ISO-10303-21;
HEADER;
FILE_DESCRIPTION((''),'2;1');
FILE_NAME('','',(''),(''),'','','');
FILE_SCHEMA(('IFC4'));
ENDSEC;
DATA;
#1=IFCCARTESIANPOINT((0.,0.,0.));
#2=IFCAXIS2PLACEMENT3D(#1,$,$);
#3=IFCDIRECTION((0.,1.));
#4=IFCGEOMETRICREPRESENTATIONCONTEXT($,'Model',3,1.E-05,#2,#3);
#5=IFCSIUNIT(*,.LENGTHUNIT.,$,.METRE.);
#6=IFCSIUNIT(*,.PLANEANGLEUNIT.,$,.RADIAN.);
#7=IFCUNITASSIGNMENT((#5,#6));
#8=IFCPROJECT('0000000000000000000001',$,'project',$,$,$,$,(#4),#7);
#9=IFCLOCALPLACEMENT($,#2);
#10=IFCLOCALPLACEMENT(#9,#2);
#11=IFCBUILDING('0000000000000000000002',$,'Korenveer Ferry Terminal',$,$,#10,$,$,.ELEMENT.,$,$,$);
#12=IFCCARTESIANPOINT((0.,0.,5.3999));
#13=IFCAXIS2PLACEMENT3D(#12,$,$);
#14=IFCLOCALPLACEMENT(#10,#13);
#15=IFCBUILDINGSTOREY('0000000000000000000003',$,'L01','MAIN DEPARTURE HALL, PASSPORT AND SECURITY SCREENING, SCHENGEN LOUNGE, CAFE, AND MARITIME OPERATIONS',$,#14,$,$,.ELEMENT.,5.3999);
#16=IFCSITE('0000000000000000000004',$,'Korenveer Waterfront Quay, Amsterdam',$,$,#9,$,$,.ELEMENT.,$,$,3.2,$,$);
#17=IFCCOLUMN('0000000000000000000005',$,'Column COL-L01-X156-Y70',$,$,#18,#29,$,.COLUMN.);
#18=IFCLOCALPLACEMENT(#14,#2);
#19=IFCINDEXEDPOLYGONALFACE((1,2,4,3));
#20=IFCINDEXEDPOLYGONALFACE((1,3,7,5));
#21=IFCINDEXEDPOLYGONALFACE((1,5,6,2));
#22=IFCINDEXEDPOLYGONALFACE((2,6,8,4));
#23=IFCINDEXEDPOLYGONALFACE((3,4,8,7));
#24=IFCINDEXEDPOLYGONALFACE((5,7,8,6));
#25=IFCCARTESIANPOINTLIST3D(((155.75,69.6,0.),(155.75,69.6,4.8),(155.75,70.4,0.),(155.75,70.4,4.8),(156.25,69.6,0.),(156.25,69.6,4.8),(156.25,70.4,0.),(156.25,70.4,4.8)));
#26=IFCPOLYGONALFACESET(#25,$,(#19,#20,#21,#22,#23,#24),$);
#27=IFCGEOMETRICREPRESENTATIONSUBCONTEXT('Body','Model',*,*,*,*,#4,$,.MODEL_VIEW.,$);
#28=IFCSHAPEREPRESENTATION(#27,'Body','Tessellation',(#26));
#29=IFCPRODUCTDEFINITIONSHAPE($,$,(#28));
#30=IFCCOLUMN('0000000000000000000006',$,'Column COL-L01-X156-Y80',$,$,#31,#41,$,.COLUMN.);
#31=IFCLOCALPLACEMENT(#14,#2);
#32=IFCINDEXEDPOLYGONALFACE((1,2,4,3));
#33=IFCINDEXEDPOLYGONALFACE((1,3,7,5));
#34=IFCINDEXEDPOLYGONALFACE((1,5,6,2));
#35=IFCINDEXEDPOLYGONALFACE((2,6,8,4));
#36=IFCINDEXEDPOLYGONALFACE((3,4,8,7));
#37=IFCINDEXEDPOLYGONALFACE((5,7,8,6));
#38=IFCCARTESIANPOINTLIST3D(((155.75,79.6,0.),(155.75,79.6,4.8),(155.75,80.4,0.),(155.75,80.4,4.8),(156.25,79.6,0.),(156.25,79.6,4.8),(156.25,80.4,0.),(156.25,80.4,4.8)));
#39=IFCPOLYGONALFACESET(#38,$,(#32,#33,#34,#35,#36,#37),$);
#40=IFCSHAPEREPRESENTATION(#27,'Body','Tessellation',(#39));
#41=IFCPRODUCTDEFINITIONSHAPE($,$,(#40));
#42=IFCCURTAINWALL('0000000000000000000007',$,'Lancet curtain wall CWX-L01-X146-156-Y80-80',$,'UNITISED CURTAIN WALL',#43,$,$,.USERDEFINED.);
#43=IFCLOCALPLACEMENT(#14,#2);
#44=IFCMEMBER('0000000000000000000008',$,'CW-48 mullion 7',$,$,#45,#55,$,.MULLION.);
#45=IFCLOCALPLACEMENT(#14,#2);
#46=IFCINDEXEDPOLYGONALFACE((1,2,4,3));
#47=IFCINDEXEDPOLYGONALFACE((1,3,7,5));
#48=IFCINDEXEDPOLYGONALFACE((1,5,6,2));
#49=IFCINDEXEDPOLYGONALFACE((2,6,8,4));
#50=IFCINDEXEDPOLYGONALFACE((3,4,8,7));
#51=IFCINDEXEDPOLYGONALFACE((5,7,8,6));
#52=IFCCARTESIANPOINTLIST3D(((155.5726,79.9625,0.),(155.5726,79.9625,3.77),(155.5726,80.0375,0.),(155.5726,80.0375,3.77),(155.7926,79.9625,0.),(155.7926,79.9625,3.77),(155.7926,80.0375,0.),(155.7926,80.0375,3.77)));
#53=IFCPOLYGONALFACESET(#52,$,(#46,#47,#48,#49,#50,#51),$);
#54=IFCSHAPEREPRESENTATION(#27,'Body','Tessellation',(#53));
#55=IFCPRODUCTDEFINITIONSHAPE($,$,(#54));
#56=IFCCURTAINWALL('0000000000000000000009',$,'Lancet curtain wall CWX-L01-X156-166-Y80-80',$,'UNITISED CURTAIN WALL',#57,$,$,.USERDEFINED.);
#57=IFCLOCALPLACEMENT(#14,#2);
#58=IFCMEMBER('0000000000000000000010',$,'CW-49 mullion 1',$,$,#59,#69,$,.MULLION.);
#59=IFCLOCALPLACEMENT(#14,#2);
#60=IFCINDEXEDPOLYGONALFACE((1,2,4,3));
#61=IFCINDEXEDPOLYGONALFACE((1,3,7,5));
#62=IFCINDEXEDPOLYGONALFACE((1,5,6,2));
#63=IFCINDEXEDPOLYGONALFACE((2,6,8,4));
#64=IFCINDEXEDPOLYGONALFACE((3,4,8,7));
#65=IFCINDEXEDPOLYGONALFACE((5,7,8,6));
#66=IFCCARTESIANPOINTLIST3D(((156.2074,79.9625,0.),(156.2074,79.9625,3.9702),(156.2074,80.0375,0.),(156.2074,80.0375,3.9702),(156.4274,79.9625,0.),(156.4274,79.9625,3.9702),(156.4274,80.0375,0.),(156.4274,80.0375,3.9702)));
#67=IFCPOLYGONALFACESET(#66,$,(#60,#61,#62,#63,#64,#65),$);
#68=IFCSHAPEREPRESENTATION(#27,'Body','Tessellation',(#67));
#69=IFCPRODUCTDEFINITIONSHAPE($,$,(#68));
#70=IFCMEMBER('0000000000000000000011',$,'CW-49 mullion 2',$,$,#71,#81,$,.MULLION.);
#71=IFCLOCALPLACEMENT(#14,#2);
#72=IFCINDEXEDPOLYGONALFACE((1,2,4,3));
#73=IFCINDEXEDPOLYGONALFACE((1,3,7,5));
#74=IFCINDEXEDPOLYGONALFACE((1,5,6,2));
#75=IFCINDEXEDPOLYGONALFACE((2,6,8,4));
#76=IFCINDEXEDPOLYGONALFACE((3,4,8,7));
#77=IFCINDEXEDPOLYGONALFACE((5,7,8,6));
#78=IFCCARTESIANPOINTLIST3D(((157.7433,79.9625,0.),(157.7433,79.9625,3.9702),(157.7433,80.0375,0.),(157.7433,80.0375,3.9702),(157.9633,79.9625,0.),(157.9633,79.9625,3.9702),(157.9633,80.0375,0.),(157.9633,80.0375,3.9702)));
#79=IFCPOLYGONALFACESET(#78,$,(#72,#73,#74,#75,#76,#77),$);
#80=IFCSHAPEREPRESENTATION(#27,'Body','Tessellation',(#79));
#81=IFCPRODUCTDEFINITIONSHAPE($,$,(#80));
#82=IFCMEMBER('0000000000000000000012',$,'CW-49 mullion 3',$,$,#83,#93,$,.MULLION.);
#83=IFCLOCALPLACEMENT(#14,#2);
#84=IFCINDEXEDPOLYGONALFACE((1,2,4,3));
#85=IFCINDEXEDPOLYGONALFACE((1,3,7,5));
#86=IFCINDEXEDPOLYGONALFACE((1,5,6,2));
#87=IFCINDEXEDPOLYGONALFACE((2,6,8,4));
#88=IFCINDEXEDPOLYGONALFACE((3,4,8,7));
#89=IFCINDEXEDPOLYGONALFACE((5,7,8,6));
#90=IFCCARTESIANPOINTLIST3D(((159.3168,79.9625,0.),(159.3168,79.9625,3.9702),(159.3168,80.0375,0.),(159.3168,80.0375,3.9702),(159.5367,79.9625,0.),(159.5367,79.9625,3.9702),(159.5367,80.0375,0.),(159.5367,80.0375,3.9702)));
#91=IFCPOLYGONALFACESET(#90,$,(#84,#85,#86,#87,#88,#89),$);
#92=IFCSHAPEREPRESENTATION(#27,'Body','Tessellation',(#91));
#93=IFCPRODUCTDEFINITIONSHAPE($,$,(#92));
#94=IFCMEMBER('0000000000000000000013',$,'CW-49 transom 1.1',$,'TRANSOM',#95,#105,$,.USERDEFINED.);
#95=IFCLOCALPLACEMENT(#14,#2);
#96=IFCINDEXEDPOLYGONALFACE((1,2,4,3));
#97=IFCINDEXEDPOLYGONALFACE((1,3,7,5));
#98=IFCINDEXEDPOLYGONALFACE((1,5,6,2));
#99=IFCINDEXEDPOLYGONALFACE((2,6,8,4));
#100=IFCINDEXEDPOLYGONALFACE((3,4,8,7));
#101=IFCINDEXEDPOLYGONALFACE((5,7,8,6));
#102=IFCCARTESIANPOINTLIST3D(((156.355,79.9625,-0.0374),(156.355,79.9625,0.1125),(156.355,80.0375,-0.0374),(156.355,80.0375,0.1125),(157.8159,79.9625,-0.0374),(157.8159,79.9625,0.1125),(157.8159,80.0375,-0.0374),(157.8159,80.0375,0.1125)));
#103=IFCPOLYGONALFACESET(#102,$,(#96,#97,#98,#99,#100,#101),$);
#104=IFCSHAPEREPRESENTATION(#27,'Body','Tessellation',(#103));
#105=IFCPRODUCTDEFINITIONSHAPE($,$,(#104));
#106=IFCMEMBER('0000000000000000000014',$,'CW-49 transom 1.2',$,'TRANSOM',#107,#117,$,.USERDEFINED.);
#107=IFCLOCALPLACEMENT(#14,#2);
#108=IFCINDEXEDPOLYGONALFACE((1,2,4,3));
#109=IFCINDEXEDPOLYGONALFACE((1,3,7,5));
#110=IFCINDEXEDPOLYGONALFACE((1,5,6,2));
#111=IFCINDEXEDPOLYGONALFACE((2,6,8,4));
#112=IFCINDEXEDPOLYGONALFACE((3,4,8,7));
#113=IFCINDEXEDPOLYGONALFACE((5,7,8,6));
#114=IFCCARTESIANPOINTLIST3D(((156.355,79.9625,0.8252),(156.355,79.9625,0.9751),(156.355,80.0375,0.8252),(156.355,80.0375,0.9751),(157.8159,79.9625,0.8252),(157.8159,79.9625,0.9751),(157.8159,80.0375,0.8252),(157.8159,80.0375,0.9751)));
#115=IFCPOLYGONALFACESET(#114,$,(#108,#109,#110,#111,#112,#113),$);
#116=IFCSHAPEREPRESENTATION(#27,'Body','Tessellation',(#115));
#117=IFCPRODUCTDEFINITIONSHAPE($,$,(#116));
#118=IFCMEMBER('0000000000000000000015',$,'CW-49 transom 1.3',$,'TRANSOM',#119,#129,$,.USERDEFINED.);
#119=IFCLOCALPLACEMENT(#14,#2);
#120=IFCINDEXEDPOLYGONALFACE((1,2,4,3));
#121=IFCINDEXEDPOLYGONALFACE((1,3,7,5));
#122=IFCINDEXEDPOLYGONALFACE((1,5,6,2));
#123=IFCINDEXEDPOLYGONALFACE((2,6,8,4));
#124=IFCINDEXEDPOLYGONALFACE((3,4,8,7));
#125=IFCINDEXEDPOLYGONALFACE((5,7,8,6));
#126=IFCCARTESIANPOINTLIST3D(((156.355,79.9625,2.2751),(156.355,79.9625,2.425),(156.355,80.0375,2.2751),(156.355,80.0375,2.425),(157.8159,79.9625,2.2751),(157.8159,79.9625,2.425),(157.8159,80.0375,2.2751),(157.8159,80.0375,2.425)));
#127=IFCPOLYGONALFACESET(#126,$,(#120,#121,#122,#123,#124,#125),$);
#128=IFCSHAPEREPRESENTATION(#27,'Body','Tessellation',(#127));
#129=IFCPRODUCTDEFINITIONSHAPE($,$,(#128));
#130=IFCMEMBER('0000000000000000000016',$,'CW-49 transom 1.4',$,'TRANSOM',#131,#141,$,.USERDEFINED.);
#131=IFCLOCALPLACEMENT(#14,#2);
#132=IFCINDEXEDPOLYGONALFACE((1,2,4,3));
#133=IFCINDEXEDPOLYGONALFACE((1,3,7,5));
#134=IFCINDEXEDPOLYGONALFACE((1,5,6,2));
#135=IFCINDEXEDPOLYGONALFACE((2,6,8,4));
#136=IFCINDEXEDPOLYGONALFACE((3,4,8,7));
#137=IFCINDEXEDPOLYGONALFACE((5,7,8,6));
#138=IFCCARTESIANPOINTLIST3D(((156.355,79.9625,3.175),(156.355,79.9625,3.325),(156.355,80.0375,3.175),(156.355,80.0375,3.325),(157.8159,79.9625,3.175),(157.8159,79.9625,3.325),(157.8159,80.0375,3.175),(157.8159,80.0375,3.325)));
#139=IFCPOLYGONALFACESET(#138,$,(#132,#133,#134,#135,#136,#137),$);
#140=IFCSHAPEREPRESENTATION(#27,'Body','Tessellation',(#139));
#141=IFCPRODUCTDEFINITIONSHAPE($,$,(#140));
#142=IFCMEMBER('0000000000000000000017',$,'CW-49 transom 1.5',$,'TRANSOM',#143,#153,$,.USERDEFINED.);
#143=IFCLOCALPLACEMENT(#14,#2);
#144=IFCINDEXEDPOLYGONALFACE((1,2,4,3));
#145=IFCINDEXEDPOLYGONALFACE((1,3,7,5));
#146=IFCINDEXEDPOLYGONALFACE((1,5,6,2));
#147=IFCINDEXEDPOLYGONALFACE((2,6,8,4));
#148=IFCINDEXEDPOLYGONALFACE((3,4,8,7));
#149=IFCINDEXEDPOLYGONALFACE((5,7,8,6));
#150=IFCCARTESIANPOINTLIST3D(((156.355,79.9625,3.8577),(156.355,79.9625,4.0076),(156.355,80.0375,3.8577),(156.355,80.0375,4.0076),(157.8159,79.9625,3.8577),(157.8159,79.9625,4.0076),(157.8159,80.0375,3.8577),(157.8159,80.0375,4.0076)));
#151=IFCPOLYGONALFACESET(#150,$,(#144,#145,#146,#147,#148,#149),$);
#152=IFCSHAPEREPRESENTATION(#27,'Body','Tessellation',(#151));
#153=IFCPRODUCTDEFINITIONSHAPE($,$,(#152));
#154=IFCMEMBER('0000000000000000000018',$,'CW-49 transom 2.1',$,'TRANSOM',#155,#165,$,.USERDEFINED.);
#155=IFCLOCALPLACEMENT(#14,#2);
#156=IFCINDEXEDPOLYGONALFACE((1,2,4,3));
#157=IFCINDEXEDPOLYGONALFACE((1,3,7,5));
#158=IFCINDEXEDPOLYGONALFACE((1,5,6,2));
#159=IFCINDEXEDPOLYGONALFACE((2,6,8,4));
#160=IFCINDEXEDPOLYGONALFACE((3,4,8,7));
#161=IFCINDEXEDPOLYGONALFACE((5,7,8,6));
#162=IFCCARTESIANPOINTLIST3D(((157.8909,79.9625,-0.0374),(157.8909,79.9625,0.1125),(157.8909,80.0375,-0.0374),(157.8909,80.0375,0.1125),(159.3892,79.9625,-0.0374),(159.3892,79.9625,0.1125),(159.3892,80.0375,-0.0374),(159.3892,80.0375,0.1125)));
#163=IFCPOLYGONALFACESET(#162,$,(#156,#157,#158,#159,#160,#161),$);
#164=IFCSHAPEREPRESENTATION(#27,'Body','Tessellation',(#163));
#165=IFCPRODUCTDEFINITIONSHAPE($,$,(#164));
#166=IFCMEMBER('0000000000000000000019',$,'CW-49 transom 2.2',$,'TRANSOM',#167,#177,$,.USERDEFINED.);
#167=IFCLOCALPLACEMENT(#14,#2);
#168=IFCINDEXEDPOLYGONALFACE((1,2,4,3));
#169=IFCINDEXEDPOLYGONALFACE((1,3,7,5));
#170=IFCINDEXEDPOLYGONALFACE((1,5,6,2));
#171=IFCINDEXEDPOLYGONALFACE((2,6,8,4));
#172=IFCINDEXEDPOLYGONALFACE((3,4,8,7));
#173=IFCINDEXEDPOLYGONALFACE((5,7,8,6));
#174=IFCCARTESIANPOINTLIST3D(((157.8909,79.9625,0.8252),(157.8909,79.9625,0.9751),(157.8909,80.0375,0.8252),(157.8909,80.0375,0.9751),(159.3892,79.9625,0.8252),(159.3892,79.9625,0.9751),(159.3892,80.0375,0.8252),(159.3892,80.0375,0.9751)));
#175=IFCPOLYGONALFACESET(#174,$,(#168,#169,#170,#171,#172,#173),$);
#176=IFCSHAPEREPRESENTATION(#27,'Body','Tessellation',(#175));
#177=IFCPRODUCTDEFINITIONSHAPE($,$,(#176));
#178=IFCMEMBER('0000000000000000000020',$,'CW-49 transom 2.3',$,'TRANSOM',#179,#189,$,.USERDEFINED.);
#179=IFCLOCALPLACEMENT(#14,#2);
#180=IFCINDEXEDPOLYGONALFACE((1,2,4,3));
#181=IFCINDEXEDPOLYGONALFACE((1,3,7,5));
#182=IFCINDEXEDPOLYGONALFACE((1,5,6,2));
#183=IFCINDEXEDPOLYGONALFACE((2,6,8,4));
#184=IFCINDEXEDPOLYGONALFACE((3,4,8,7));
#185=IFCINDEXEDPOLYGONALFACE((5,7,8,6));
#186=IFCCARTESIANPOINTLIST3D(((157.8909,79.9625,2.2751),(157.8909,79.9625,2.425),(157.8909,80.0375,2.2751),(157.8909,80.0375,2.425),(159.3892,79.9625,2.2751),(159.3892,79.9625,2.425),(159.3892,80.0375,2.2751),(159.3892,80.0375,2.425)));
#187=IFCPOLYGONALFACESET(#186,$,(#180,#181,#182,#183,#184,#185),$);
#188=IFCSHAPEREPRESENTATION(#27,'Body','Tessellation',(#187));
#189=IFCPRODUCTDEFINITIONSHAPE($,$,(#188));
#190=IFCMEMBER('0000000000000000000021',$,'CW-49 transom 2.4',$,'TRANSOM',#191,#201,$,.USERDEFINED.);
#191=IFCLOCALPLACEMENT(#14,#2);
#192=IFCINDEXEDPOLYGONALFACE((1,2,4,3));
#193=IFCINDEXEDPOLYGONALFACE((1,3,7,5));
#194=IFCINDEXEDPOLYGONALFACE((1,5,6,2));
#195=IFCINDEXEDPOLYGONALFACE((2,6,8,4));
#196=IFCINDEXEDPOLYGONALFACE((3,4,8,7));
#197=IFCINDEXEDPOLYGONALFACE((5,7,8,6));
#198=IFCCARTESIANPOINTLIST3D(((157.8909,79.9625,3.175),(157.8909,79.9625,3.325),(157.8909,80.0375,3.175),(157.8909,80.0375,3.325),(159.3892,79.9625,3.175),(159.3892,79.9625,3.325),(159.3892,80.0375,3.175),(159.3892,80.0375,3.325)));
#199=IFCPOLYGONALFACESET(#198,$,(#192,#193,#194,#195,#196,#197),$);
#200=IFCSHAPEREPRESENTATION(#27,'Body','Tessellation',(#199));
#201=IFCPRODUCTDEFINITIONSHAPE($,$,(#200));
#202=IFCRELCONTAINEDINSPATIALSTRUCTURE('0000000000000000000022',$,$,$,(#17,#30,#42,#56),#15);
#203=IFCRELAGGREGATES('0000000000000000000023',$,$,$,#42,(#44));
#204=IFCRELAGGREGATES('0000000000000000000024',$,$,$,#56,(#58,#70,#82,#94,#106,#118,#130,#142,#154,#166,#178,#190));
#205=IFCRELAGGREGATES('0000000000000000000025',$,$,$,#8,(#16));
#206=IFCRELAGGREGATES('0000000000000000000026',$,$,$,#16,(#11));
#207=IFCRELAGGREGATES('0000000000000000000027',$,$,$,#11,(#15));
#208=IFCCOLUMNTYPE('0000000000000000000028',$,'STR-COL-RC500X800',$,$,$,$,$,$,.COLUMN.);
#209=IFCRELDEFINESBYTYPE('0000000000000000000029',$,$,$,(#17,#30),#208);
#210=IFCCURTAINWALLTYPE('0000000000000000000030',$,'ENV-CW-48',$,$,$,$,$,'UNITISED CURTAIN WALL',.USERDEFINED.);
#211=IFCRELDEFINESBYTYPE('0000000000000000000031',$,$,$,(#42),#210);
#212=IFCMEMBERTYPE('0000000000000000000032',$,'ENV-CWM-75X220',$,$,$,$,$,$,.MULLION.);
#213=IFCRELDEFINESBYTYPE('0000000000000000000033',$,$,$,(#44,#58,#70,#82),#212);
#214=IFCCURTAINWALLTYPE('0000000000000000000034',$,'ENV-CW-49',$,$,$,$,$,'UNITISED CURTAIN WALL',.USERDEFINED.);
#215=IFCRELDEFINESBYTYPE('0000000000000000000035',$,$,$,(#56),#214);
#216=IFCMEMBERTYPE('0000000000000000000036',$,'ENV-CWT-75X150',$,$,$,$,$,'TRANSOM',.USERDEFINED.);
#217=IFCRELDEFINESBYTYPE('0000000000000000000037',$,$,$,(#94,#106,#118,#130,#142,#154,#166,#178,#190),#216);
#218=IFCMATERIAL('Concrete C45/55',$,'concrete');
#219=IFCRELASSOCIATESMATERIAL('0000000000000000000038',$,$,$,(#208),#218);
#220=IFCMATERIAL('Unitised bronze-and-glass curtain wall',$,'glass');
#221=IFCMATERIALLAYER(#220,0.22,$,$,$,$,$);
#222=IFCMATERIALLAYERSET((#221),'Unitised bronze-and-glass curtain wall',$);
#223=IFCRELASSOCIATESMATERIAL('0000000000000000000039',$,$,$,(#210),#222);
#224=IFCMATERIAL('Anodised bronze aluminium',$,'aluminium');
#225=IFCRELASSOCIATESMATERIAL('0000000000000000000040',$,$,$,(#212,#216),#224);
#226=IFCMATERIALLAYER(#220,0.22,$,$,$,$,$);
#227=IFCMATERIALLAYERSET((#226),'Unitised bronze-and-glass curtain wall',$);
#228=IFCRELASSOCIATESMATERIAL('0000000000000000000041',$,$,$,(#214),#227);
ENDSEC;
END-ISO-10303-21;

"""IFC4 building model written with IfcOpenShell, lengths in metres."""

from ifc_helpers import new_model, si_unit, direction, frame, origin, origin_2d, place, context, subcontext, project, spatial, rectangle, extrude, material, layer, layer_set, material_profile, profile_set, type_object, element, aggregate, save


model = new_model("IFC4")

# Units and contexts
model_context = context("Model", 3, precision=1e-05, world=origin(), true_north=direction((0.0, 1.0)))
body_context = subcontext(model_context, "Body", "Model", "MODEL_VIEW")
ifc_project = project(units=[si_unit("LENGTHUNIT", "METRE"), si_unit("PLANEANGLEUNIT", "RADIAN")], contexts=[model_context])

# Site, building, storey
site_placement = place(None, origin())
site = spatial("IfcSite", under=ifc_project, at=site_placement, Name="Korenveer Waterfront Quay, Amsterdam", CompositionType="ELEMENT", RefElevation=3.2)
building_placement = place(site_placement, origin())
building = spatial("IfcBuilding", under=site, at=building_placement, Name="Korenveer Ferry Terminal", CompositionType="ELEMENT")
storey_placement = place(building_placement, frame((0.0, 0.0, 5.3999)))
storey = spatial("IfcBuildingStorey", under=building, at=storey_placement, Name="L01", Description="MAIN DEPARTURE HALL, PASSPORT AND SECURITY SCREENING, SCHENGEN LOUNGE, CAFE, AND MARITIME OPERATIONS", CompositionType="ELEMENT", Elevation=5.3999)

# Columns
ifc_material_1 = material(Name="Concrete C45/55", Category="concrete")
ifc_material_profile_1 = material_profile(ifc_material_1, rectangle(XDim=0.5, YDim=0.8, at=origin_2d()), Name="RC 500x800")
ifc_profile_set_1 = profile_set([ifc_material_profile_1], Name="Concrete C45/55")
column_type = type_object("IfcColumnType", Name="STR-COL-RC500X800", PredefinedType="COLUMN", material=ifc_profile_set_1)
for number, where, z_axis, x_axis, name in (
    (1, (156.0, 70.0, 0.0), (0.0, 0.0, 1.0), (1.0, 0.0, 0.0), "Column COL-L01-X156-Y70"),
    (2, (156.0, 80.0, 0.0), (0.0, 0.0, 1.0), (1.0, 0.0, 0.0), "Column COL-L01-X156-Y80"),
):
    element("IfcColumn", number, at=place(storey_placement, frame(where, z_axis=z_axis, x_axis=x_axis)), inside=storey, type_object=column_type, Name=name, PredefinedType="COLUMN", context=body_context, shape_type="SweptSolid", body=[
        extrude(rectangle(XDim=0.5, YDim=0.8, at=origin_2d()), origin(), (0.0, 0.0, 1.0), 4.8),
    ])

# Curtain wall, member
ifc_material_2 = material(Name="Unitised bronze-and-glass curtain wall", Category="glass")
ifc_layer_1 = layer(ifc_material_2, 0.22)
ifc_layer_set_1 = layer_set([ifc_layer_1], Name="Unitised bronze-and-glass curtain wall")
curtain_wall_type_1 = type_object("IfcCurtainWallType", Name="ENV-CW-48", ElementType="UNITISED CURTAIN WALL", PredefinedType="USERDEFINED", material=ifc_layer_set_1)
curtain_wall_1_placement = place(storey_placement, frame((146.28, 80.0, 0.0)))
curtain_wall_1 = element("IfcCurtainWall", 3, at=curtain_wall_1_placement, inside=storey, type_object=curtain_wall_type_1, Name="Lancet curtain wall CWX-L01-X146-156-Y80-80", ObjectType="UNITISED CURTAIN WALL", PredefinedType="USERDEFINED")
ifc_material_3 = material(Name="Anodised bronze aluminium", Category="aluminium")
ifc_material_profile_2 = material_profile(ifc_material_3, rectangle(XDim=0.075, YDim=0.22, at=origin_2d()), Name="ALU 75x220")
ifc_profile_set_2 = profile_set([ifc_material_profile_2], Name="Anodised bronze aluminium")
member_type_1 = type_object("IfcMemberType", Name="ENV-CWM-75X220", PredefinedType="MULLION", material=ifc_profile_set_2)
member_1_placement = place(storey_placement, frame((155.6826, 80.0, 0.0), z_axis=(0.0, 0.0, 1.0), x_axis=(0.0, 1.0, 0.0)))
member_1 = element("IfcMember", 4, at=member_1_placement, type_object=member_type_1, Name="CW-48 mullion 7", PredefinedType="MULLION", context=body_context, shape_type="SweptSolid", body=[
    extrude(rectangle(XDim=0.075, YDim=0.22, at=origin_2d()), origin(), (0.0, 0.0, 1.0), 3.77),
])

# Curtain wall, members
ifc_layer_2 = layer(ifc_material_2, 0.22)
ifc_layer_set_2 = layer_set([ifc_layer_2], Name="Unitised bronze-and-glass curtain wall")
curtain_wall_type_2 = type_object("IfcCurtainWallType", Name="ENV-CW-49", ElementType="UNITISED CURTAIN WALL", PredefinedType="USERDEFINED", material=ifc_layer_set_2)
curtain_wall_2_placement = place(storey_placement, frame((156.28, 80.0, 0.0)))
curtain_wall_2 = element("IfcCurtainWall", 5, at=curtain_wall_2_placement, inside=storey, type_object=curtain_wall_type_2, Name="Lancet curtain wall CWX-L01-X156-166-Y80-80", ObjectType="UNITISED CURTAIN WALL", PredefinedType="USERDEFINED")
member_2_placement = place(storey_placement, frame((156.3174, 80.0, 0.0), z_axis=(0.0, 0.0, 1.0), x_axis=(0.0, 1.0, 0.0)))
member_2 = element("IfcMember", 6, at=member_2_placement, type_object=member_type_1, Name="CW-49 mullion 1", PredefinedType="MULLION", context=body_context, shape_type="SweptSolid", body=[
    extrude(rectangle(XDim=0.075, YDim=0.22, at=origin_2d()), origin(), (0.0, 0.0, 1.0), 3.9702),
])
member_3_placement = place(storey_placement, frame((157.8533, 80.0, 0.0), z_axis=(0.0, 0.0, 1.0), x_axis=(0.0, 1.0, 0.0)))
member_3 = element("IfcMember", 7, at=member_3_placement, type_object=member_type_1, Name="CW-49 mullion 2", PredefinedType="MULLION", context=body_context, shape_type="SweptSolid", body=[
    extrude(rectangle(XDim=0.075, YDim=0.22, at=origin_2d()), origin(), (0.0, 0.0, 1.0), 3.9702),
])
member_4_placement = place(storey_placement, frame((159.4268, 80.0, 0.0), z_axis=(0.0, 0.0, 1.0), x_axis=(0.0, 1.0, 0.0)))
member_4 = element("IfcMember", 8, at=member_4_placement, type_object=member_type_1, Name="CW-49 mullion 3", PredefinedType="MULLION", context=body_context, shape_type="SweptSolid", body=[
    extrude(rectangle(XDim=0.075, YDim=0.22, at=origin_2d()), origin(), (0.0, 0.0, 1.0), 3.9702),
])
ifc_material_profile_3 = material_profile(ifc_material_3, rectangle(XDim=0.075, YDim=0.1499, at=origin_2d()), Name="ALU 75x150")
ifc_profile_set_3 = profile_set([ifc_material_profile_3], Name="Anodised bronze aluminium")
member_type_2 = type_object("IfcMemberType", Name="ENV-CWT-75X150", ElementType="TRANSOM", PredefinedType="USERDEFINED", material=ifc_profile_set_3)
member_5_placement = place(storey_placement, frame((156.355, 80.0, 0.0376), z_axis=(1.0, 0.0, 0.0), x_axis=(0.0, 1.0, 0.0)))
member_5 = element("IfcMember", 9, at=member_5_placement, type_object=member_type_2, Name="CW-49 transom 1.1", ObjectType="TRANSOM", PredefinedType="USERDEFINED", context=body_context, shape_type="SweptSolid", body=[
    extrude(rectangle(XDim=0.075, YDim=0.1499, at=origin_2d()), origin(), (0.0, 0.0, 1.0), 1.4609),
])
member_6_placement = place(storey_placement, frame((156.355, 80.0, 0.9001), z_axis=(1.0, 0.0, 0.0), x_axis=(0.0, 1.0, 0.0)))
member_6 = element("IfcMember", 10, at=member_6_placement, type_object=member_type_2, Name="CW-49 transom 1.2", ObjectType="TRANSOM", PredefinedType="USERDEFINED", context=body_context, shape_type="SweptSolid", body=[
    extrude(rectangle(XDim=0.075, YDim=0.1499, at=origin_2d()), origin(), (0.0, 0.0, 1.0), 1.4609),
])
member_7_placement = place(storey_placement, frame((156.355, 80.0, 2.3501), z_axis=(1.0, 0.0, 0.0), x_axis=(0.0, 1.0, 0.0)))
member_7 = element("IfcMember", 11, at=member_7_placement, type_object=member_type_2, Name="CW-49 transom 1.3", ObjectType="TRANSOM", PredefinedType="USERDEFINED", context=body_context, shape_type="SweptSolid", body=[
    extrude(rectangle(XDim=0.075, YDim=0.1499, at=origin_2d()), origin(), (0.0, 0.0, 1.0), 1.4609),
])
member_8_placement = place(storey_placement, frame((156.355, 80.0, 3.25), z_axis=(1.0, 0.0, 0.0), x_axis=(0.0, 1.0, 0.0)))
member_8 = element("IfcMember", 12, at=member_8_placement, type_object=member_type_2, Name="CW-49 transom 1.4", ObjectType="TRANSOM", PredefinedType="USERDEFINED", context=body_context, shape_type="SweptSolid", body=[
    extrude(rectangle(XDim=0.075, YDim=0.1499, at=origin_2d()), origin(), (0.0, 0.0, 1.0), 1.4609),
])
member_9_placement = place(storey_placement, frame((156.355, 80.0, 3.9326), z_axis=(1.0, 0.0, 0.0), x_axis=(0.0, 1.0, 0.0)))
member_9 = element("IfcMember", 13, at=member_9_placement, type_object=member_type_2, Name="CW-49 transom 1.5", ObjectType="TRANSOM", PredefinedType="USERDEFINED", context=body_context, shape_type="SweptSolid", body=[
    extrude(rectangle(XDim=0.075, YDim=0.1499, at=origin_2d()), origin(), (0.0, 0.0, 1.0), 1.4609),
])
member_10_placement = place(storey_placement, frame((157.8909, 80.0, 0.0376), z_axis=(1.0, 0.0, 0.0), x_axis=(0.0, 1.0, 0.0)))
member_10 = element("IfcMember", 14, at=member_10_placement, type_object=member_type_2, Name="CW-49 transom 2.1", ObjectType="TRANSOM", PredefinedType="USERDEFINED", context=body_context, shape_type="SweptSolid", body=[
    extrude(rectangle(XDim=0.075, YDim=0.1499, at=origin_2d()), origin(), (0.0, 0.0, 1.0), 1.4983),
])
member_11_placement = place(storey_placement, frame((157.8909, 80.0, 0.9001), z_axis=(1.0, 0.0, 0.0), x_axis=(0.0, 1.0, 0.0)))
member_11 = element("IfcMember", 15, at=member_11_placement, type_object=member_type_2, Name="CW-49 transom 2.2", ObjectType="TRANSOM", PredefinedType="USERDEFINED", context=body_context, shape_type="SweptSolid", body=[
    extrude(rectangle(XDim=0.075, YDim=0.1499, at=origin_2d()), origin(), (0.0, 0.0, 1.0), 1.4983),
])
member_12_placement = place(storey_placement, frame((157.8909, 80.0, 2.3501), z_axis=(1.0, 0.0, 0.0), x_axis=(0.0, 1.0, 0.0)))
member_12 = element("IfcMember", 16, at=member_12_placement, type_object=member_type_2, Name="CW-49 transom 2.3", ObjectType="TRANSOM", PredefinedType="USERDEFINED", context=body_context, shape_type="SweptSolid", body=[
    extrude(rectangle(XDim=0.075, YDim=0.1499, at=origin_2d()), origin(), (0.0, 0.0, 1.0), 1.4983),
])
member_13_placement = place(storey_placement, frame((157.8909, 80.0, 3.25), z_axis=(1.0, 0.0, 0.0), x_axis=(0.0, 1.0, 0.0)))
member_13 = element("IfcMember", 17, at=member_13_placement, type_object=member_type_2, Name="CW-49 transom 2.4", ObjectType="TRANSOM", PredefinedType="USERDEFINED", context=body_context, shape_type="SweptSolid", body=[
    extrude(rectangle(XDim=0.075, YDim=0.1499, at=origin_2d()), origin(), (0.0, 0.0, 1.0), 1.4983),
])

aggregate(curtain_wall_1, [member_1])
aggregate(curtain_wall_2, [member_2, member_3, member_4, member_5, member_6, member_7, member_8, member_9, member_10, member_11, member_12, member_13])

save(model, "model.ifc")
